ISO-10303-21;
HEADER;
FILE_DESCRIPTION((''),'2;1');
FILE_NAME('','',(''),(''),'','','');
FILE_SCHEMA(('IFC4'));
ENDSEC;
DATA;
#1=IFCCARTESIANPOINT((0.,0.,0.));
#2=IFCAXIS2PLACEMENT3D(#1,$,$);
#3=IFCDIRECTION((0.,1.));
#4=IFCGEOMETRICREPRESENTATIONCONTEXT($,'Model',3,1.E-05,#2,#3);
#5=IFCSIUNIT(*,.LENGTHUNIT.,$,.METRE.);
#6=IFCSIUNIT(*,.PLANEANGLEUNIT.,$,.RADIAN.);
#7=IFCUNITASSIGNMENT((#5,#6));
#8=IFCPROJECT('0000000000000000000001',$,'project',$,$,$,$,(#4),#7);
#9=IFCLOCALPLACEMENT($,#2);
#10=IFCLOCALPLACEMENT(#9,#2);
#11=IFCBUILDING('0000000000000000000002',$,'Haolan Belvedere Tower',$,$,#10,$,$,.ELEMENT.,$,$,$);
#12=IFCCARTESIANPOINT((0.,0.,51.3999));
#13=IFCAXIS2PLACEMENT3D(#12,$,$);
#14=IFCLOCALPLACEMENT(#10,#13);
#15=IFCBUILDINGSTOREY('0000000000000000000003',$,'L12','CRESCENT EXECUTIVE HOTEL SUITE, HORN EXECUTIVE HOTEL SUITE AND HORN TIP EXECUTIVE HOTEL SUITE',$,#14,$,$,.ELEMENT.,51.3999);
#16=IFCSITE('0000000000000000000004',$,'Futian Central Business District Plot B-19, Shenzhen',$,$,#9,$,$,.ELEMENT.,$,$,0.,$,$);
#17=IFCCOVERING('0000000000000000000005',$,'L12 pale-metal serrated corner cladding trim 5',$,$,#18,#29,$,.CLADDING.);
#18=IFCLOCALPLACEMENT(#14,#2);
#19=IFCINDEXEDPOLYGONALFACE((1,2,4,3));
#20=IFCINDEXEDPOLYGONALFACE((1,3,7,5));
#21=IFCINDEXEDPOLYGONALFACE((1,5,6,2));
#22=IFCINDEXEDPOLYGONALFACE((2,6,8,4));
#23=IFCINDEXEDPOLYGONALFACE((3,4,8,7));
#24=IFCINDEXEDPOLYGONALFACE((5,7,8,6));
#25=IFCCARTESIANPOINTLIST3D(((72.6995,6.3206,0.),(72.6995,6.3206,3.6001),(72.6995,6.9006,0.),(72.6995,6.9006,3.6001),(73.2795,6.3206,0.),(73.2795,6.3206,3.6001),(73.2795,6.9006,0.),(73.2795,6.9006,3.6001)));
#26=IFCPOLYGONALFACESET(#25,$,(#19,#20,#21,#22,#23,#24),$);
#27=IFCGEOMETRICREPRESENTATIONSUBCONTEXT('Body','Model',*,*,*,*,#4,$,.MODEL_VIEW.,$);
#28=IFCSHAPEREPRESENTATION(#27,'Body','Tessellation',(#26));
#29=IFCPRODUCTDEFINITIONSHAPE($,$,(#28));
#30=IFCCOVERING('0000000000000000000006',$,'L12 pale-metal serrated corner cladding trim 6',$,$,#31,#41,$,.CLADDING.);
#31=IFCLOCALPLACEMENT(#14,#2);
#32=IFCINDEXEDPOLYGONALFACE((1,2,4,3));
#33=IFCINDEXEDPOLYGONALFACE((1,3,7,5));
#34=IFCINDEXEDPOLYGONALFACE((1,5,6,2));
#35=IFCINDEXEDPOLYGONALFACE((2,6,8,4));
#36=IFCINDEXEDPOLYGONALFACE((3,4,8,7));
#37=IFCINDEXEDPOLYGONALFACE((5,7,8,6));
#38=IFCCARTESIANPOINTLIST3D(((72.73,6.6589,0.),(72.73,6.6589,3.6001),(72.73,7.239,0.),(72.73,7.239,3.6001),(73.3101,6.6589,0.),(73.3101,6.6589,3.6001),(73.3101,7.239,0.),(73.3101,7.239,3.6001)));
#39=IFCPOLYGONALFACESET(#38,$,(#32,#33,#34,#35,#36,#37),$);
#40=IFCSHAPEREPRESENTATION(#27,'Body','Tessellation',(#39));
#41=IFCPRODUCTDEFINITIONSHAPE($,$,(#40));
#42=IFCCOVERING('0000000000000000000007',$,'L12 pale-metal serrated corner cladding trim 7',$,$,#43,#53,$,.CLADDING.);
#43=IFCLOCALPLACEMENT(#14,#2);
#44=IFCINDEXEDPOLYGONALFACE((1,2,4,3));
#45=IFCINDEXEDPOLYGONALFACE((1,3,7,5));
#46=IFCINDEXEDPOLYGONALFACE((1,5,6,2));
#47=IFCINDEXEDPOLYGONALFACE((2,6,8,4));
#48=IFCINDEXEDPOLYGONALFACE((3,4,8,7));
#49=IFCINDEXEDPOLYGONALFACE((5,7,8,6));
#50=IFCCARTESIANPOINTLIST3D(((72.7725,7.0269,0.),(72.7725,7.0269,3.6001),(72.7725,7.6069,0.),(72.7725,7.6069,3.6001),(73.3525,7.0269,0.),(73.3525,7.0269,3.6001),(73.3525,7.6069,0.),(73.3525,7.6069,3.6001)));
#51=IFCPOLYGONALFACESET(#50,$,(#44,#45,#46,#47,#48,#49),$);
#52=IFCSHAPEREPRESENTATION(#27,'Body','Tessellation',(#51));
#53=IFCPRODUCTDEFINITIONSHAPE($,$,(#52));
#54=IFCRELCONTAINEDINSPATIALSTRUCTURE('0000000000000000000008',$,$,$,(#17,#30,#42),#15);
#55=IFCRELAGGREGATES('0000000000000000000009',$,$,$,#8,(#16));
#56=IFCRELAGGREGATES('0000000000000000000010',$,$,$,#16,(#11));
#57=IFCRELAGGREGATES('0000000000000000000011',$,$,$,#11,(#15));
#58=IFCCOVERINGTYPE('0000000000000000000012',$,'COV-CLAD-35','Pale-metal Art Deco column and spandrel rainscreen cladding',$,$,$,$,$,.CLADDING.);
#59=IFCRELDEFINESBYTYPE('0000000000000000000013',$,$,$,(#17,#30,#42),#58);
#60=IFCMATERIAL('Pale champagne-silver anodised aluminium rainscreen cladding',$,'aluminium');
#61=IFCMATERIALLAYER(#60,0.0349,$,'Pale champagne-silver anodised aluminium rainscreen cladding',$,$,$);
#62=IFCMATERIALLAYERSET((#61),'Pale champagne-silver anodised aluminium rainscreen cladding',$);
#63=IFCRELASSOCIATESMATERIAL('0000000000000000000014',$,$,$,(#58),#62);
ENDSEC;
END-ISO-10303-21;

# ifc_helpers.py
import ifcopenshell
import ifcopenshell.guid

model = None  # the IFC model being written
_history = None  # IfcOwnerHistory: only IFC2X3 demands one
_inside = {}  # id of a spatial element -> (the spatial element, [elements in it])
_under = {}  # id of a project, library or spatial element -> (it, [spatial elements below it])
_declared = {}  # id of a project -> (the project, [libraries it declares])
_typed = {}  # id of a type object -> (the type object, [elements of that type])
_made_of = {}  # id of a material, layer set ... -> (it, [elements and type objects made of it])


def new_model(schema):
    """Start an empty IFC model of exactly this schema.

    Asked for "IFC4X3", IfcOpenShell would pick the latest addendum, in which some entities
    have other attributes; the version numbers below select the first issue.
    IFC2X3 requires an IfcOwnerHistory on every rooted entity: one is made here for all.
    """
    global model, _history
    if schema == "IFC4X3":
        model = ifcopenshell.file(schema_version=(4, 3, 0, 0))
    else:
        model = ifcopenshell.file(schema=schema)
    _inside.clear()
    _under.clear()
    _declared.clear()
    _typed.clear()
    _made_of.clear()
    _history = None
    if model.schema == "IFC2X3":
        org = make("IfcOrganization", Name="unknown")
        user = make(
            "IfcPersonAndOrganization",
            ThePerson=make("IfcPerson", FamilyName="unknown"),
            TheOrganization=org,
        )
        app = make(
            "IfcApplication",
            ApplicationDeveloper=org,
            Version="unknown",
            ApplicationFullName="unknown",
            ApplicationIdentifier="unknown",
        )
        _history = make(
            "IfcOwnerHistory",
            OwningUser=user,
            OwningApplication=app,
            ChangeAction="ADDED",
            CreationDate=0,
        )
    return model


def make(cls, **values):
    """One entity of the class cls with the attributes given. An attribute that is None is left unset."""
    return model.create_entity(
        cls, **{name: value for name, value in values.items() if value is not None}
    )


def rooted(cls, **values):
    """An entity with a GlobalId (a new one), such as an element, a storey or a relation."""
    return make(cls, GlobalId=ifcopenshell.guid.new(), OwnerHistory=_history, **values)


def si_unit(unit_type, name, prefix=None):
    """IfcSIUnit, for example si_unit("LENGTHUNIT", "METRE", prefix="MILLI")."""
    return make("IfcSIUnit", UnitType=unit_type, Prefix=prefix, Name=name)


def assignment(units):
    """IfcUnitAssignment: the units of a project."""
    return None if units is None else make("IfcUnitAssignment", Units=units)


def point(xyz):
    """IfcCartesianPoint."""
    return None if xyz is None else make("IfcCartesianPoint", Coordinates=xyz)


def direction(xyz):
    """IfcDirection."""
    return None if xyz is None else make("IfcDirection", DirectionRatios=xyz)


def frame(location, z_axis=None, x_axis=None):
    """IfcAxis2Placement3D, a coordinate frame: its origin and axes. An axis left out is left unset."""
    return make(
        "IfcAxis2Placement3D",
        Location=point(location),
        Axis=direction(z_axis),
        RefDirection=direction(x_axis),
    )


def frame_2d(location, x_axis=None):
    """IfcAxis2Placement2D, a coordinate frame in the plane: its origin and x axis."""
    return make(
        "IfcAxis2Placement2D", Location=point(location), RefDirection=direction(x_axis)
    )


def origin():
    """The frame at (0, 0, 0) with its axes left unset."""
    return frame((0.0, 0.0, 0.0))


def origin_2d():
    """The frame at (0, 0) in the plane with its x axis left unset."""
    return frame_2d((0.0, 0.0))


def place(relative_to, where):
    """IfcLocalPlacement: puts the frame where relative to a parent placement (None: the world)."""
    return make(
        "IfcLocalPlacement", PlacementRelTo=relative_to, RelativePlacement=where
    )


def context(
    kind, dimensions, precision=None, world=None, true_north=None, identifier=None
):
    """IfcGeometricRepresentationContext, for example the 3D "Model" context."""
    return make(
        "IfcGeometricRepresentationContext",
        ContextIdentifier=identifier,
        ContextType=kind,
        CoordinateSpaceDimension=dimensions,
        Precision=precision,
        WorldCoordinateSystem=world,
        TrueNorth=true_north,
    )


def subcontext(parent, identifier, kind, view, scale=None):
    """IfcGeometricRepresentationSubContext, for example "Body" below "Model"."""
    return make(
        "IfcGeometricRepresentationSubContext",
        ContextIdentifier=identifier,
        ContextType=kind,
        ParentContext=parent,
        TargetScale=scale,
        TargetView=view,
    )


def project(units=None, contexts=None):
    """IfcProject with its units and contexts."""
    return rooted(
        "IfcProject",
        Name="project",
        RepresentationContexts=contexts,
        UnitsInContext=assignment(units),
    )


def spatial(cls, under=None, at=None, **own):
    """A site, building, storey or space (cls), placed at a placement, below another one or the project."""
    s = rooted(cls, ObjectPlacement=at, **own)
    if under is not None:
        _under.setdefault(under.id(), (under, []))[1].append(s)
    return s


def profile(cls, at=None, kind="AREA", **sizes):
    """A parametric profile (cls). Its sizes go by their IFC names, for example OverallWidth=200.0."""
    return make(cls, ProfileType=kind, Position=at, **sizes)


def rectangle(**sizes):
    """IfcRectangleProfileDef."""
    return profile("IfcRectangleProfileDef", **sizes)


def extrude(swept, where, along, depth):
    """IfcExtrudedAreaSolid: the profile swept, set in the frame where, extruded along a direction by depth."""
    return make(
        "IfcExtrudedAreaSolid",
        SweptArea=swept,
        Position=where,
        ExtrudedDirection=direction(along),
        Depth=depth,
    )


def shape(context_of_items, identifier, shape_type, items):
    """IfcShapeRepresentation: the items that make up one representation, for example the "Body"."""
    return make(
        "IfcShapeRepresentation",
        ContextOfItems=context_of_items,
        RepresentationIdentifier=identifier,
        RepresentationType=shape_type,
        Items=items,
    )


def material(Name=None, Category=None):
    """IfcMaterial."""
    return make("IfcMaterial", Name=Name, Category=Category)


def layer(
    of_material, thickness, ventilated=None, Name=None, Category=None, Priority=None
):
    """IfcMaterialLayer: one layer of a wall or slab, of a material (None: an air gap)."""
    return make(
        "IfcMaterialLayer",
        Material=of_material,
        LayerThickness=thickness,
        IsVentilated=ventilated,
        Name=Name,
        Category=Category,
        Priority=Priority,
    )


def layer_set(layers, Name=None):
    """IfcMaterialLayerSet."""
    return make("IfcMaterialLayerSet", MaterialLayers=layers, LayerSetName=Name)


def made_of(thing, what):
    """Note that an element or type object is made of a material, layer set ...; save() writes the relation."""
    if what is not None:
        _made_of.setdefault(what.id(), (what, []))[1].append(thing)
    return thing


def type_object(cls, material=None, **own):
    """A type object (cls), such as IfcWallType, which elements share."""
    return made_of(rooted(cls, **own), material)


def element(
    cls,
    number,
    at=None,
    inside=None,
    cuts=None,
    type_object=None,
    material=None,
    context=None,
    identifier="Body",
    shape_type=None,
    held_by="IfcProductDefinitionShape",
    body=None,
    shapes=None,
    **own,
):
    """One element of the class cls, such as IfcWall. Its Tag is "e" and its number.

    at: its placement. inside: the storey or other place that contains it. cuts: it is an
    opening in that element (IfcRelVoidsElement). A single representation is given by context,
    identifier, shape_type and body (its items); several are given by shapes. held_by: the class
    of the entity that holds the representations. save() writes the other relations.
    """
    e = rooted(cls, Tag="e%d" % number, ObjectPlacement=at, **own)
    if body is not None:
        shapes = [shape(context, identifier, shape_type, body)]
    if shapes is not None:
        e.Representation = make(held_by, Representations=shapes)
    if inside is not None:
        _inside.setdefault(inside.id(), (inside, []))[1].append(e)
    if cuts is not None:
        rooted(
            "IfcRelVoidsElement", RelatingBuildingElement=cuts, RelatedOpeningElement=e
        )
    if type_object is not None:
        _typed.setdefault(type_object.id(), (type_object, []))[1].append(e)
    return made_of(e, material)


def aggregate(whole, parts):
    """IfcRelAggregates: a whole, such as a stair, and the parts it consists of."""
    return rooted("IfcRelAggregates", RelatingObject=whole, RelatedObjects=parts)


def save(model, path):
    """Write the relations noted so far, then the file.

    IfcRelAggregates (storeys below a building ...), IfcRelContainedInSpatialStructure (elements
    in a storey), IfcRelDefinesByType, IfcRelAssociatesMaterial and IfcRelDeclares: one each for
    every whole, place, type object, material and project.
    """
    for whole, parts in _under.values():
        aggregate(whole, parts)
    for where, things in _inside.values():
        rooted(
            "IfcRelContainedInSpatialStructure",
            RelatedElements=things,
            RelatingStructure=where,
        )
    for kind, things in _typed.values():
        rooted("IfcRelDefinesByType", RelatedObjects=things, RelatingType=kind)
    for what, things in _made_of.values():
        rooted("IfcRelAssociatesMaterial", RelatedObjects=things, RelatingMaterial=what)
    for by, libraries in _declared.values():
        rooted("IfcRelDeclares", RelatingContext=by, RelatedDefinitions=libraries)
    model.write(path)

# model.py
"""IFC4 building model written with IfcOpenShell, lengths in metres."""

from ifc_helpers import new_model, si_unit, direction, frame, origin, origin_2d, place, context, subcontext, project, spatial, rectangle, extrude, material, layer, layer_set, type_object, element, save


model = new_model("IFC4")

# Units and contexts
model_context = context("Model", 3, precision=1e-05, world=origin(), true_north=direction((0.0, 1.0)))
body_context = subcontext(model_context, "Body", "Model", "MODEL_VIEW")
ifc_project = project(units=[si_unit("LENGTHUNIT", "METRE"), si_unit("PLANEANGLEUNIT", "RADIAN")], contexts=[model_context])

# Site, building, storey
site_placement = place(None, origin())
site = spatial("IfcSite", under=ifc_project, at=site_placement, Name="Futian Central Business District Plot B-19, Shenzhen", CompositionType="ELEMENT", RefElevation=0.0)
building_placement = place(site_placement, origin())
building = spatial("IfcBuilding", under=site, at=building_placement, Name="Haolan Belvedere Tower", CompositionType="ELEMENT")
storey_placement = place(building_placement, frame((0.0, 0.0, 51.3999)))
storey = spatial("IfcBuildingStorey", under=building, at=storey_placement, Name="L12", Description="CRESCENT EXECUTIVE HOTEL SUITE, HORN EXECUTIVE HOTEL SUITE AND HORN TIP EXECUTIVE HOTEL SUITE", CompositionType="ELEMENT", Elevation=51.3999)

# Coverings
ifc_material_1 = material(Name="Pale champagne-silver anodised aluminium rainscreen cladding", Category="aluminium")
ifc_layer_1 = layer(ifc_material_1, 0.0349, Name="Pale champagne-silver anodised aluminium rainscreen cladding")
ifc_layer_set_1 = layer_set([ifc_layer_1], Name="Pale champagne-silver anodised aluminium rainscreen cladding")
covering_type = type_object("IfcCoveringType", Name="COV-CLAD-35", Description="Pale-metal Art Deco column and spandrel rainscreen cladding", PredefinedType="CLADDING", material=ifc_layer_set_1)
for number, where, z_axis, x_axis, name in (
    (1, (72.9895, 6.6106, 0.0), (0.0, 0.0, 1.0), (1.0, 0.0, 0.0), "L12 pale-metal serrated corner cladding trim 5"),
    (2, (73.02, 6.949, 0.0), (0.0, 0.0, 1.0), (1.0, 0.0, 0.0), "L12 pale-metal serrated corner cladding trim 6"),
    (3, (73.0625, 7.3169, 0.0), (0.0, 0.0, 1.0), (1.0, 0.0, 0.0), "L12 pale-metal serrated corner cladding trim 7"),
):
    element("IfcCovering", number, at=place(storey_placement, frame(where, z_axis=z_axis, x_axis=x_axis)), inside=storey, type_object=covering_type, Name=name, PredefinedType="CLADDING", context=body_context, shape_type="SweptSolid", body=[
        extrude(rectangle(XDim=0.5801, YDim=0.5801, at=origin_2d()), origin(), (0.0, 0.0, 1.0), 3.6001),
    ])

save(model, "model.ifc")
